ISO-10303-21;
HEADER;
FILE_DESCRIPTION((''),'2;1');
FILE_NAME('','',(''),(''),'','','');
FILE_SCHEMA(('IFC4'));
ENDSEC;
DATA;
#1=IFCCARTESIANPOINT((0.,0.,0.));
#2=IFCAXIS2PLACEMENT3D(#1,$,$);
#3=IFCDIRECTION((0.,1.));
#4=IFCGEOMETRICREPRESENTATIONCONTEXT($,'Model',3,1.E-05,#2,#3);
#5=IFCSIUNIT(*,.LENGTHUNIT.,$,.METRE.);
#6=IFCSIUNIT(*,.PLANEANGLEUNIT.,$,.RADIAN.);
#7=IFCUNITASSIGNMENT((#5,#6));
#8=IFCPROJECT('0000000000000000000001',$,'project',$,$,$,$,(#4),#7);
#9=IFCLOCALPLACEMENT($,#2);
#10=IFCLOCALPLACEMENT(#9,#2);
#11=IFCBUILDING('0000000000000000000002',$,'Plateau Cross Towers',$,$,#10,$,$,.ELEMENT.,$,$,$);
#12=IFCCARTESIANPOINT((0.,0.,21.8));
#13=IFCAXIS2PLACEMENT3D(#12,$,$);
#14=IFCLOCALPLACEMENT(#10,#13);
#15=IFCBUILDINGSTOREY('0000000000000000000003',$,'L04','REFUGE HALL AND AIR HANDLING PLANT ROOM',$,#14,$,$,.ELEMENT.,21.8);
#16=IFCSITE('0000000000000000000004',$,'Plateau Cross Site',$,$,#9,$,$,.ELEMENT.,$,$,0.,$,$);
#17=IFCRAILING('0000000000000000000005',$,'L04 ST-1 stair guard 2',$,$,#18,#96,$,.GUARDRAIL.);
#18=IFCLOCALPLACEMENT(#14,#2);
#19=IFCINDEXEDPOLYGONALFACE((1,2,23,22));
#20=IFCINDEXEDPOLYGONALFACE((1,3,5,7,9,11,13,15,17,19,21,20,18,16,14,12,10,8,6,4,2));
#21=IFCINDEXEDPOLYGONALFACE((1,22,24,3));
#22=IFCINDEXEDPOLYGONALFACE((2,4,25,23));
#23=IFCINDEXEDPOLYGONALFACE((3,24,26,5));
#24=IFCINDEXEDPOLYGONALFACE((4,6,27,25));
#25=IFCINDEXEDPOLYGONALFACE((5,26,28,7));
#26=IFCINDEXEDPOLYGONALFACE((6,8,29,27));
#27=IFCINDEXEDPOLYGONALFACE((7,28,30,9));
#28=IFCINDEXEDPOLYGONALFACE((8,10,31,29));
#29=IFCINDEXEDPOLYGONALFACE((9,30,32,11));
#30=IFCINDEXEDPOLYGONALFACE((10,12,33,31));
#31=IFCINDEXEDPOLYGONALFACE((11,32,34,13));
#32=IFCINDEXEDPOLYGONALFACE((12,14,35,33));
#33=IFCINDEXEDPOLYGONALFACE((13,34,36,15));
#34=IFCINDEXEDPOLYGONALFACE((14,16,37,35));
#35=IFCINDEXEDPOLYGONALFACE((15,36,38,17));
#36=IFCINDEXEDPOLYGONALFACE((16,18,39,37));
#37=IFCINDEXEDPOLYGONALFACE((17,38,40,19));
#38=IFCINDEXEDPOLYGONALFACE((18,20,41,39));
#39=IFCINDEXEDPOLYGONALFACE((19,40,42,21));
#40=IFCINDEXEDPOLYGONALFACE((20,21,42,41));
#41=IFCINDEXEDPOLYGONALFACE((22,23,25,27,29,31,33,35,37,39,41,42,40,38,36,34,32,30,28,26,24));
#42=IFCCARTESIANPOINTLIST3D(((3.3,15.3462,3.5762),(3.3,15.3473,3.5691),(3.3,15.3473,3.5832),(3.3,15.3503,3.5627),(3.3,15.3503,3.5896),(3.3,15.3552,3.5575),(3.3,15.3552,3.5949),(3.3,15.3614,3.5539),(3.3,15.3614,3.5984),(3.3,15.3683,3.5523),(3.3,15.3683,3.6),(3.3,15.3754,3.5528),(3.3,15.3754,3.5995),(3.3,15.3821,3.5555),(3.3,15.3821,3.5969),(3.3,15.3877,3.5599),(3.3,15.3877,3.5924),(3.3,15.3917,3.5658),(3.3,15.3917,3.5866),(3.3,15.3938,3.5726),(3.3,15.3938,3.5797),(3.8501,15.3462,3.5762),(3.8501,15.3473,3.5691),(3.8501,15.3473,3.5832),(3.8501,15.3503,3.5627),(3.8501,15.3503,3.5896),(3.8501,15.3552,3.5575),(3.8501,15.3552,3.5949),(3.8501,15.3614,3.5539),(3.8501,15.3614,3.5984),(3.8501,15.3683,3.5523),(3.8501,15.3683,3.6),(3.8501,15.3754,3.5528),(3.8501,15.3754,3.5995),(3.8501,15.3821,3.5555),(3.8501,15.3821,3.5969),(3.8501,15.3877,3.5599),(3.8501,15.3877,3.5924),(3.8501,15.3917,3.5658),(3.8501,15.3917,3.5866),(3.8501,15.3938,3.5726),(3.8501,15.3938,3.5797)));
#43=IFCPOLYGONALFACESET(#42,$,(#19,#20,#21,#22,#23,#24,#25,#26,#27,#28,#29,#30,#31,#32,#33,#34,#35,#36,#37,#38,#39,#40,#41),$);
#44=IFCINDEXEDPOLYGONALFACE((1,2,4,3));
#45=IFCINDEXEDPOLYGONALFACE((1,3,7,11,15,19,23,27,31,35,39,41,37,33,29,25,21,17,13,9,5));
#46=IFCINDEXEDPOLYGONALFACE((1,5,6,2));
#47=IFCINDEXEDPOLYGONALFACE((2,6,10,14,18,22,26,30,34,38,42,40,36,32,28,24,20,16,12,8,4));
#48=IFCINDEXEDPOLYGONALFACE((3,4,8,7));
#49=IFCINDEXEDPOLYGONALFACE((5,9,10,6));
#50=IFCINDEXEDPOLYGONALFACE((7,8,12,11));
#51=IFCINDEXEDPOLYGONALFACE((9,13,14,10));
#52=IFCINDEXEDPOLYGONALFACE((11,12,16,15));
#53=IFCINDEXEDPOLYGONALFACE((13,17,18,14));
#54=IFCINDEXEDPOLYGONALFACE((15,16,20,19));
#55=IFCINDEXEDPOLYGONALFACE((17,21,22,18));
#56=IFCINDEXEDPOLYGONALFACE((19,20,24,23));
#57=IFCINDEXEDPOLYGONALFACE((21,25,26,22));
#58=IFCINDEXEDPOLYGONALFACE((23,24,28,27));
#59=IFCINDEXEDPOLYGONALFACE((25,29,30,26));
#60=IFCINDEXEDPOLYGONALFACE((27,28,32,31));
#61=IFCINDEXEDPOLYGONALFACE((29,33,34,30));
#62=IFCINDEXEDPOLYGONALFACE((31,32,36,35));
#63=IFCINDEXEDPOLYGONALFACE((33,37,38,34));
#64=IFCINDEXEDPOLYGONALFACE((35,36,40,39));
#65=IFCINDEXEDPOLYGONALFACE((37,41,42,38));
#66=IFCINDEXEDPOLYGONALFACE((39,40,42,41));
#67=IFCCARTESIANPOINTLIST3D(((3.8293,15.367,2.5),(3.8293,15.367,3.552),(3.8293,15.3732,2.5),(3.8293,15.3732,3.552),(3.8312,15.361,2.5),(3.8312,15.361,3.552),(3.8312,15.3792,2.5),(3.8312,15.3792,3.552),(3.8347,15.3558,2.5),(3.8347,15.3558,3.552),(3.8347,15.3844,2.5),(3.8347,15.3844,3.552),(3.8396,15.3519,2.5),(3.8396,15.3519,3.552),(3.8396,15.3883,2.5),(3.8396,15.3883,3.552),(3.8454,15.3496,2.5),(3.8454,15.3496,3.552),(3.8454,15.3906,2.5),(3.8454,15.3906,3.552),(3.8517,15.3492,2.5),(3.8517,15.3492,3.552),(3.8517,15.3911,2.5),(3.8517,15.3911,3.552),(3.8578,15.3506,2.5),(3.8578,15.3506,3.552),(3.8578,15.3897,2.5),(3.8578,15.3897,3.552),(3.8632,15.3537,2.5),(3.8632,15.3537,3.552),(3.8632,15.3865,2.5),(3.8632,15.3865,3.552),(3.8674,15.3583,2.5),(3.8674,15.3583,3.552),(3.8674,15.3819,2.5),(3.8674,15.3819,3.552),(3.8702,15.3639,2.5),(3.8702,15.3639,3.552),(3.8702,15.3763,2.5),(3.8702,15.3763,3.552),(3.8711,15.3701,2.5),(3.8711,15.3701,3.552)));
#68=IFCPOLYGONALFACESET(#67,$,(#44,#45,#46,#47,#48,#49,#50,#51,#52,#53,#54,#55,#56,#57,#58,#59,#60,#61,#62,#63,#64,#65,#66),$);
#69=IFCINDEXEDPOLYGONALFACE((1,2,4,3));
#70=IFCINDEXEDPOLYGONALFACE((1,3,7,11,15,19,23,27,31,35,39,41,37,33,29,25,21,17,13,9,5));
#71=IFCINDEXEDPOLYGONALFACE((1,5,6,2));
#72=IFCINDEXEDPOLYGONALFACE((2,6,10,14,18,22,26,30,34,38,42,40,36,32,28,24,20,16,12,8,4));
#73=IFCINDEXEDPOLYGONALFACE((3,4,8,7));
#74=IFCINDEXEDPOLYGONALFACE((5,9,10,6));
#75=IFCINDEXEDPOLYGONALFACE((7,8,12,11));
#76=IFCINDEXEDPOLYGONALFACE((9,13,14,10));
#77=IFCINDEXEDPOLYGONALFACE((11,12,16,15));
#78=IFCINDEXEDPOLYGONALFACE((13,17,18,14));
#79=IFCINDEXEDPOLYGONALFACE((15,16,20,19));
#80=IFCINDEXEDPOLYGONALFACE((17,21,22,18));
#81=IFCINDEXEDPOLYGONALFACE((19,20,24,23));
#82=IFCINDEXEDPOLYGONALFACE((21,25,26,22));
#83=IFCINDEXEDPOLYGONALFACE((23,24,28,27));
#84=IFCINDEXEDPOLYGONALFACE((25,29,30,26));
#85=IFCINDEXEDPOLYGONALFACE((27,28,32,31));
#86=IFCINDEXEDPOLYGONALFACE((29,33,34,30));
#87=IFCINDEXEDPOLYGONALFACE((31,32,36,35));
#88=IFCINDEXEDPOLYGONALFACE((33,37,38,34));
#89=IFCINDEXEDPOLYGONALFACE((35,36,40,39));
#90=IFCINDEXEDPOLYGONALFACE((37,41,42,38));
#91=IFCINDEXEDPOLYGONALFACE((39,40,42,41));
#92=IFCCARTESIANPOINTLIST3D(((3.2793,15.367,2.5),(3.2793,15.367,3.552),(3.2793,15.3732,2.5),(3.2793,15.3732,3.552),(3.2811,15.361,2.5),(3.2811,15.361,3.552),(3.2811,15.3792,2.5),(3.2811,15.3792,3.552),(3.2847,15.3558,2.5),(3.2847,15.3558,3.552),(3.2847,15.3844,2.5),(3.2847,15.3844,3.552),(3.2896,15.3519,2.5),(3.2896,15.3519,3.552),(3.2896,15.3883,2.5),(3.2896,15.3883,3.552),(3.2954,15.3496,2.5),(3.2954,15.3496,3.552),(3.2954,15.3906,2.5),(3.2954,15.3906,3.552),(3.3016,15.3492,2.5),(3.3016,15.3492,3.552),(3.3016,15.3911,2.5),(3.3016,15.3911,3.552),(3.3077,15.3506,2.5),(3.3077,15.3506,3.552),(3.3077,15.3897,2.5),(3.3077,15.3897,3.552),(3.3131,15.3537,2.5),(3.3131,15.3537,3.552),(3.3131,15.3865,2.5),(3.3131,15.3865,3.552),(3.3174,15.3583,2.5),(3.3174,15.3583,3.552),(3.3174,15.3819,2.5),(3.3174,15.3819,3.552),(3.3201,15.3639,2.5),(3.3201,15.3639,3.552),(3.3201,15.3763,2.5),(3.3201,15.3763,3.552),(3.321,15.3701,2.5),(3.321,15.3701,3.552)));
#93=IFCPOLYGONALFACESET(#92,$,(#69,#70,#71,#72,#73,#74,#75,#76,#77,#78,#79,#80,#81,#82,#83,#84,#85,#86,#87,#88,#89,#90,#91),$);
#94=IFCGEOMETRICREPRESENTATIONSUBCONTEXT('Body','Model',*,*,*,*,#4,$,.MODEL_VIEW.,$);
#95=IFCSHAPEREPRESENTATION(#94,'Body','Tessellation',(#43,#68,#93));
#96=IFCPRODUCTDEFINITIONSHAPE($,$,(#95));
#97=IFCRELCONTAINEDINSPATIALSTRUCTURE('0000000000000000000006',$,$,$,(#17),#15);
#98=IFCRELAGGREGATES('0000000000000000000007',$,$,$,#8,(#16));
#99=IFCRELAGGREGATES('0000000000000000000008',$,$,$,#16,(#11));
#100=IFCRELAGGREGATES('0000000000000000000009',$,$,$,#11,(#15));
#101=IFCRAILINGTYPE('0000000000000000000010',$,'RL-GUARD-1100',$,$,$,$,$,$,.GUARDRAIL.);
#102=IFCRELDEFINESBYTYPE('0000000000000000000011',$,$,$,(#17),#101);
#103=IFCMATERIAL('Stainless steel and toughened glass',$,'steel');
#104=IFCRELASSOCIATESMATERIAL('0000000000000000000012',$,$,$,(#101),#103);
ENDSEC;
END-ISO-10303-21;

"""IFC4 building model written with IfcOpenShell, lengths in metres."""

from ifc_helpers import new_model, si_unit, direction, frame, origin, origin_2d, place, context, subcontext, project, spatial, circle, extrude, material, type_object, element, save


model = new_model("IFC4")

# Units and contexts
model_context = context("Model", 3, precision=1e-05, world=origin(), true_north=direction((0.0, 1.0)))
body_context = subcontext(model_context, "Body", "Model", "MODEL_VIEW")
ifc_project = project(units=[si_unit("LENGTHUNIT", "METRE"), si_unit("PLANEANGLEUNIT", "RADIAN")], contexts=[model_context])

# Site, building, storey
site_placement = place(None, origin())
site = spatial("IfcSite", under=ifc_project, at=site_placement, Name="Plateau Cross Site", CompositionType="ELEMENT", RefElevation=0.0)
building_placement = place(site_placement, origin())
building = spatial("IfcBuilding", under=site, at=building_placement, Name="Plateau Cross Towers", CompositionType="ELEMENT")
storey_placement = place(building_placement, frame((0.0, 0.0, 21.8)))
storey = spatial("IfcBuildingStorey", under=building, at=storey_placement, Name="L04", Description="REFUGE HALL AND AIR HANDLING PLANT ROOM", CompositionType="ELEMENT", Elevation=21.8)

# Railing
ifc_material_1 = material(Name="Stainless steel and toughened glass", Category="steel")
railing_type_1 = type_object("IfcRailingType", Name="RL-GUARD-1100", PredefinedType="GUARDRAIL", material=ifc_material_1)
railing_1_placement = place(storey_placement, frame((3.8501, 15.3701, 2.5)))
element("IfcRailing", 1, at=railing_1_placement, inside=storey, type_object=railing_type_1, Name="L04 ST-1 stair guard 2", PredefinedType="GUARDRAIL", context=body_context, shape_type="SweptSolid", body=[
    extrude(circle(Radius=0.0239, at=origin_2d()), frame((0.0, 0.0, 1.0762), z_axis=(-1.0, 0.0, 0.0), x_axis=(0.0, -1.0, 0.0)), (0.0, 0.0, 1.0), 0.55),
    extrude(circle(Radius=0.021, at=origin_2d()), origin(), (0.0, 0.0, 1.0), 1.052),
    extrude(circle(Radius=0.021, at=origin_2d()), frame((-0.55, 0.0, 0.0)), (0.0, 0.0, 1.0), 1.052),
])

save(model, "model.ifc")
